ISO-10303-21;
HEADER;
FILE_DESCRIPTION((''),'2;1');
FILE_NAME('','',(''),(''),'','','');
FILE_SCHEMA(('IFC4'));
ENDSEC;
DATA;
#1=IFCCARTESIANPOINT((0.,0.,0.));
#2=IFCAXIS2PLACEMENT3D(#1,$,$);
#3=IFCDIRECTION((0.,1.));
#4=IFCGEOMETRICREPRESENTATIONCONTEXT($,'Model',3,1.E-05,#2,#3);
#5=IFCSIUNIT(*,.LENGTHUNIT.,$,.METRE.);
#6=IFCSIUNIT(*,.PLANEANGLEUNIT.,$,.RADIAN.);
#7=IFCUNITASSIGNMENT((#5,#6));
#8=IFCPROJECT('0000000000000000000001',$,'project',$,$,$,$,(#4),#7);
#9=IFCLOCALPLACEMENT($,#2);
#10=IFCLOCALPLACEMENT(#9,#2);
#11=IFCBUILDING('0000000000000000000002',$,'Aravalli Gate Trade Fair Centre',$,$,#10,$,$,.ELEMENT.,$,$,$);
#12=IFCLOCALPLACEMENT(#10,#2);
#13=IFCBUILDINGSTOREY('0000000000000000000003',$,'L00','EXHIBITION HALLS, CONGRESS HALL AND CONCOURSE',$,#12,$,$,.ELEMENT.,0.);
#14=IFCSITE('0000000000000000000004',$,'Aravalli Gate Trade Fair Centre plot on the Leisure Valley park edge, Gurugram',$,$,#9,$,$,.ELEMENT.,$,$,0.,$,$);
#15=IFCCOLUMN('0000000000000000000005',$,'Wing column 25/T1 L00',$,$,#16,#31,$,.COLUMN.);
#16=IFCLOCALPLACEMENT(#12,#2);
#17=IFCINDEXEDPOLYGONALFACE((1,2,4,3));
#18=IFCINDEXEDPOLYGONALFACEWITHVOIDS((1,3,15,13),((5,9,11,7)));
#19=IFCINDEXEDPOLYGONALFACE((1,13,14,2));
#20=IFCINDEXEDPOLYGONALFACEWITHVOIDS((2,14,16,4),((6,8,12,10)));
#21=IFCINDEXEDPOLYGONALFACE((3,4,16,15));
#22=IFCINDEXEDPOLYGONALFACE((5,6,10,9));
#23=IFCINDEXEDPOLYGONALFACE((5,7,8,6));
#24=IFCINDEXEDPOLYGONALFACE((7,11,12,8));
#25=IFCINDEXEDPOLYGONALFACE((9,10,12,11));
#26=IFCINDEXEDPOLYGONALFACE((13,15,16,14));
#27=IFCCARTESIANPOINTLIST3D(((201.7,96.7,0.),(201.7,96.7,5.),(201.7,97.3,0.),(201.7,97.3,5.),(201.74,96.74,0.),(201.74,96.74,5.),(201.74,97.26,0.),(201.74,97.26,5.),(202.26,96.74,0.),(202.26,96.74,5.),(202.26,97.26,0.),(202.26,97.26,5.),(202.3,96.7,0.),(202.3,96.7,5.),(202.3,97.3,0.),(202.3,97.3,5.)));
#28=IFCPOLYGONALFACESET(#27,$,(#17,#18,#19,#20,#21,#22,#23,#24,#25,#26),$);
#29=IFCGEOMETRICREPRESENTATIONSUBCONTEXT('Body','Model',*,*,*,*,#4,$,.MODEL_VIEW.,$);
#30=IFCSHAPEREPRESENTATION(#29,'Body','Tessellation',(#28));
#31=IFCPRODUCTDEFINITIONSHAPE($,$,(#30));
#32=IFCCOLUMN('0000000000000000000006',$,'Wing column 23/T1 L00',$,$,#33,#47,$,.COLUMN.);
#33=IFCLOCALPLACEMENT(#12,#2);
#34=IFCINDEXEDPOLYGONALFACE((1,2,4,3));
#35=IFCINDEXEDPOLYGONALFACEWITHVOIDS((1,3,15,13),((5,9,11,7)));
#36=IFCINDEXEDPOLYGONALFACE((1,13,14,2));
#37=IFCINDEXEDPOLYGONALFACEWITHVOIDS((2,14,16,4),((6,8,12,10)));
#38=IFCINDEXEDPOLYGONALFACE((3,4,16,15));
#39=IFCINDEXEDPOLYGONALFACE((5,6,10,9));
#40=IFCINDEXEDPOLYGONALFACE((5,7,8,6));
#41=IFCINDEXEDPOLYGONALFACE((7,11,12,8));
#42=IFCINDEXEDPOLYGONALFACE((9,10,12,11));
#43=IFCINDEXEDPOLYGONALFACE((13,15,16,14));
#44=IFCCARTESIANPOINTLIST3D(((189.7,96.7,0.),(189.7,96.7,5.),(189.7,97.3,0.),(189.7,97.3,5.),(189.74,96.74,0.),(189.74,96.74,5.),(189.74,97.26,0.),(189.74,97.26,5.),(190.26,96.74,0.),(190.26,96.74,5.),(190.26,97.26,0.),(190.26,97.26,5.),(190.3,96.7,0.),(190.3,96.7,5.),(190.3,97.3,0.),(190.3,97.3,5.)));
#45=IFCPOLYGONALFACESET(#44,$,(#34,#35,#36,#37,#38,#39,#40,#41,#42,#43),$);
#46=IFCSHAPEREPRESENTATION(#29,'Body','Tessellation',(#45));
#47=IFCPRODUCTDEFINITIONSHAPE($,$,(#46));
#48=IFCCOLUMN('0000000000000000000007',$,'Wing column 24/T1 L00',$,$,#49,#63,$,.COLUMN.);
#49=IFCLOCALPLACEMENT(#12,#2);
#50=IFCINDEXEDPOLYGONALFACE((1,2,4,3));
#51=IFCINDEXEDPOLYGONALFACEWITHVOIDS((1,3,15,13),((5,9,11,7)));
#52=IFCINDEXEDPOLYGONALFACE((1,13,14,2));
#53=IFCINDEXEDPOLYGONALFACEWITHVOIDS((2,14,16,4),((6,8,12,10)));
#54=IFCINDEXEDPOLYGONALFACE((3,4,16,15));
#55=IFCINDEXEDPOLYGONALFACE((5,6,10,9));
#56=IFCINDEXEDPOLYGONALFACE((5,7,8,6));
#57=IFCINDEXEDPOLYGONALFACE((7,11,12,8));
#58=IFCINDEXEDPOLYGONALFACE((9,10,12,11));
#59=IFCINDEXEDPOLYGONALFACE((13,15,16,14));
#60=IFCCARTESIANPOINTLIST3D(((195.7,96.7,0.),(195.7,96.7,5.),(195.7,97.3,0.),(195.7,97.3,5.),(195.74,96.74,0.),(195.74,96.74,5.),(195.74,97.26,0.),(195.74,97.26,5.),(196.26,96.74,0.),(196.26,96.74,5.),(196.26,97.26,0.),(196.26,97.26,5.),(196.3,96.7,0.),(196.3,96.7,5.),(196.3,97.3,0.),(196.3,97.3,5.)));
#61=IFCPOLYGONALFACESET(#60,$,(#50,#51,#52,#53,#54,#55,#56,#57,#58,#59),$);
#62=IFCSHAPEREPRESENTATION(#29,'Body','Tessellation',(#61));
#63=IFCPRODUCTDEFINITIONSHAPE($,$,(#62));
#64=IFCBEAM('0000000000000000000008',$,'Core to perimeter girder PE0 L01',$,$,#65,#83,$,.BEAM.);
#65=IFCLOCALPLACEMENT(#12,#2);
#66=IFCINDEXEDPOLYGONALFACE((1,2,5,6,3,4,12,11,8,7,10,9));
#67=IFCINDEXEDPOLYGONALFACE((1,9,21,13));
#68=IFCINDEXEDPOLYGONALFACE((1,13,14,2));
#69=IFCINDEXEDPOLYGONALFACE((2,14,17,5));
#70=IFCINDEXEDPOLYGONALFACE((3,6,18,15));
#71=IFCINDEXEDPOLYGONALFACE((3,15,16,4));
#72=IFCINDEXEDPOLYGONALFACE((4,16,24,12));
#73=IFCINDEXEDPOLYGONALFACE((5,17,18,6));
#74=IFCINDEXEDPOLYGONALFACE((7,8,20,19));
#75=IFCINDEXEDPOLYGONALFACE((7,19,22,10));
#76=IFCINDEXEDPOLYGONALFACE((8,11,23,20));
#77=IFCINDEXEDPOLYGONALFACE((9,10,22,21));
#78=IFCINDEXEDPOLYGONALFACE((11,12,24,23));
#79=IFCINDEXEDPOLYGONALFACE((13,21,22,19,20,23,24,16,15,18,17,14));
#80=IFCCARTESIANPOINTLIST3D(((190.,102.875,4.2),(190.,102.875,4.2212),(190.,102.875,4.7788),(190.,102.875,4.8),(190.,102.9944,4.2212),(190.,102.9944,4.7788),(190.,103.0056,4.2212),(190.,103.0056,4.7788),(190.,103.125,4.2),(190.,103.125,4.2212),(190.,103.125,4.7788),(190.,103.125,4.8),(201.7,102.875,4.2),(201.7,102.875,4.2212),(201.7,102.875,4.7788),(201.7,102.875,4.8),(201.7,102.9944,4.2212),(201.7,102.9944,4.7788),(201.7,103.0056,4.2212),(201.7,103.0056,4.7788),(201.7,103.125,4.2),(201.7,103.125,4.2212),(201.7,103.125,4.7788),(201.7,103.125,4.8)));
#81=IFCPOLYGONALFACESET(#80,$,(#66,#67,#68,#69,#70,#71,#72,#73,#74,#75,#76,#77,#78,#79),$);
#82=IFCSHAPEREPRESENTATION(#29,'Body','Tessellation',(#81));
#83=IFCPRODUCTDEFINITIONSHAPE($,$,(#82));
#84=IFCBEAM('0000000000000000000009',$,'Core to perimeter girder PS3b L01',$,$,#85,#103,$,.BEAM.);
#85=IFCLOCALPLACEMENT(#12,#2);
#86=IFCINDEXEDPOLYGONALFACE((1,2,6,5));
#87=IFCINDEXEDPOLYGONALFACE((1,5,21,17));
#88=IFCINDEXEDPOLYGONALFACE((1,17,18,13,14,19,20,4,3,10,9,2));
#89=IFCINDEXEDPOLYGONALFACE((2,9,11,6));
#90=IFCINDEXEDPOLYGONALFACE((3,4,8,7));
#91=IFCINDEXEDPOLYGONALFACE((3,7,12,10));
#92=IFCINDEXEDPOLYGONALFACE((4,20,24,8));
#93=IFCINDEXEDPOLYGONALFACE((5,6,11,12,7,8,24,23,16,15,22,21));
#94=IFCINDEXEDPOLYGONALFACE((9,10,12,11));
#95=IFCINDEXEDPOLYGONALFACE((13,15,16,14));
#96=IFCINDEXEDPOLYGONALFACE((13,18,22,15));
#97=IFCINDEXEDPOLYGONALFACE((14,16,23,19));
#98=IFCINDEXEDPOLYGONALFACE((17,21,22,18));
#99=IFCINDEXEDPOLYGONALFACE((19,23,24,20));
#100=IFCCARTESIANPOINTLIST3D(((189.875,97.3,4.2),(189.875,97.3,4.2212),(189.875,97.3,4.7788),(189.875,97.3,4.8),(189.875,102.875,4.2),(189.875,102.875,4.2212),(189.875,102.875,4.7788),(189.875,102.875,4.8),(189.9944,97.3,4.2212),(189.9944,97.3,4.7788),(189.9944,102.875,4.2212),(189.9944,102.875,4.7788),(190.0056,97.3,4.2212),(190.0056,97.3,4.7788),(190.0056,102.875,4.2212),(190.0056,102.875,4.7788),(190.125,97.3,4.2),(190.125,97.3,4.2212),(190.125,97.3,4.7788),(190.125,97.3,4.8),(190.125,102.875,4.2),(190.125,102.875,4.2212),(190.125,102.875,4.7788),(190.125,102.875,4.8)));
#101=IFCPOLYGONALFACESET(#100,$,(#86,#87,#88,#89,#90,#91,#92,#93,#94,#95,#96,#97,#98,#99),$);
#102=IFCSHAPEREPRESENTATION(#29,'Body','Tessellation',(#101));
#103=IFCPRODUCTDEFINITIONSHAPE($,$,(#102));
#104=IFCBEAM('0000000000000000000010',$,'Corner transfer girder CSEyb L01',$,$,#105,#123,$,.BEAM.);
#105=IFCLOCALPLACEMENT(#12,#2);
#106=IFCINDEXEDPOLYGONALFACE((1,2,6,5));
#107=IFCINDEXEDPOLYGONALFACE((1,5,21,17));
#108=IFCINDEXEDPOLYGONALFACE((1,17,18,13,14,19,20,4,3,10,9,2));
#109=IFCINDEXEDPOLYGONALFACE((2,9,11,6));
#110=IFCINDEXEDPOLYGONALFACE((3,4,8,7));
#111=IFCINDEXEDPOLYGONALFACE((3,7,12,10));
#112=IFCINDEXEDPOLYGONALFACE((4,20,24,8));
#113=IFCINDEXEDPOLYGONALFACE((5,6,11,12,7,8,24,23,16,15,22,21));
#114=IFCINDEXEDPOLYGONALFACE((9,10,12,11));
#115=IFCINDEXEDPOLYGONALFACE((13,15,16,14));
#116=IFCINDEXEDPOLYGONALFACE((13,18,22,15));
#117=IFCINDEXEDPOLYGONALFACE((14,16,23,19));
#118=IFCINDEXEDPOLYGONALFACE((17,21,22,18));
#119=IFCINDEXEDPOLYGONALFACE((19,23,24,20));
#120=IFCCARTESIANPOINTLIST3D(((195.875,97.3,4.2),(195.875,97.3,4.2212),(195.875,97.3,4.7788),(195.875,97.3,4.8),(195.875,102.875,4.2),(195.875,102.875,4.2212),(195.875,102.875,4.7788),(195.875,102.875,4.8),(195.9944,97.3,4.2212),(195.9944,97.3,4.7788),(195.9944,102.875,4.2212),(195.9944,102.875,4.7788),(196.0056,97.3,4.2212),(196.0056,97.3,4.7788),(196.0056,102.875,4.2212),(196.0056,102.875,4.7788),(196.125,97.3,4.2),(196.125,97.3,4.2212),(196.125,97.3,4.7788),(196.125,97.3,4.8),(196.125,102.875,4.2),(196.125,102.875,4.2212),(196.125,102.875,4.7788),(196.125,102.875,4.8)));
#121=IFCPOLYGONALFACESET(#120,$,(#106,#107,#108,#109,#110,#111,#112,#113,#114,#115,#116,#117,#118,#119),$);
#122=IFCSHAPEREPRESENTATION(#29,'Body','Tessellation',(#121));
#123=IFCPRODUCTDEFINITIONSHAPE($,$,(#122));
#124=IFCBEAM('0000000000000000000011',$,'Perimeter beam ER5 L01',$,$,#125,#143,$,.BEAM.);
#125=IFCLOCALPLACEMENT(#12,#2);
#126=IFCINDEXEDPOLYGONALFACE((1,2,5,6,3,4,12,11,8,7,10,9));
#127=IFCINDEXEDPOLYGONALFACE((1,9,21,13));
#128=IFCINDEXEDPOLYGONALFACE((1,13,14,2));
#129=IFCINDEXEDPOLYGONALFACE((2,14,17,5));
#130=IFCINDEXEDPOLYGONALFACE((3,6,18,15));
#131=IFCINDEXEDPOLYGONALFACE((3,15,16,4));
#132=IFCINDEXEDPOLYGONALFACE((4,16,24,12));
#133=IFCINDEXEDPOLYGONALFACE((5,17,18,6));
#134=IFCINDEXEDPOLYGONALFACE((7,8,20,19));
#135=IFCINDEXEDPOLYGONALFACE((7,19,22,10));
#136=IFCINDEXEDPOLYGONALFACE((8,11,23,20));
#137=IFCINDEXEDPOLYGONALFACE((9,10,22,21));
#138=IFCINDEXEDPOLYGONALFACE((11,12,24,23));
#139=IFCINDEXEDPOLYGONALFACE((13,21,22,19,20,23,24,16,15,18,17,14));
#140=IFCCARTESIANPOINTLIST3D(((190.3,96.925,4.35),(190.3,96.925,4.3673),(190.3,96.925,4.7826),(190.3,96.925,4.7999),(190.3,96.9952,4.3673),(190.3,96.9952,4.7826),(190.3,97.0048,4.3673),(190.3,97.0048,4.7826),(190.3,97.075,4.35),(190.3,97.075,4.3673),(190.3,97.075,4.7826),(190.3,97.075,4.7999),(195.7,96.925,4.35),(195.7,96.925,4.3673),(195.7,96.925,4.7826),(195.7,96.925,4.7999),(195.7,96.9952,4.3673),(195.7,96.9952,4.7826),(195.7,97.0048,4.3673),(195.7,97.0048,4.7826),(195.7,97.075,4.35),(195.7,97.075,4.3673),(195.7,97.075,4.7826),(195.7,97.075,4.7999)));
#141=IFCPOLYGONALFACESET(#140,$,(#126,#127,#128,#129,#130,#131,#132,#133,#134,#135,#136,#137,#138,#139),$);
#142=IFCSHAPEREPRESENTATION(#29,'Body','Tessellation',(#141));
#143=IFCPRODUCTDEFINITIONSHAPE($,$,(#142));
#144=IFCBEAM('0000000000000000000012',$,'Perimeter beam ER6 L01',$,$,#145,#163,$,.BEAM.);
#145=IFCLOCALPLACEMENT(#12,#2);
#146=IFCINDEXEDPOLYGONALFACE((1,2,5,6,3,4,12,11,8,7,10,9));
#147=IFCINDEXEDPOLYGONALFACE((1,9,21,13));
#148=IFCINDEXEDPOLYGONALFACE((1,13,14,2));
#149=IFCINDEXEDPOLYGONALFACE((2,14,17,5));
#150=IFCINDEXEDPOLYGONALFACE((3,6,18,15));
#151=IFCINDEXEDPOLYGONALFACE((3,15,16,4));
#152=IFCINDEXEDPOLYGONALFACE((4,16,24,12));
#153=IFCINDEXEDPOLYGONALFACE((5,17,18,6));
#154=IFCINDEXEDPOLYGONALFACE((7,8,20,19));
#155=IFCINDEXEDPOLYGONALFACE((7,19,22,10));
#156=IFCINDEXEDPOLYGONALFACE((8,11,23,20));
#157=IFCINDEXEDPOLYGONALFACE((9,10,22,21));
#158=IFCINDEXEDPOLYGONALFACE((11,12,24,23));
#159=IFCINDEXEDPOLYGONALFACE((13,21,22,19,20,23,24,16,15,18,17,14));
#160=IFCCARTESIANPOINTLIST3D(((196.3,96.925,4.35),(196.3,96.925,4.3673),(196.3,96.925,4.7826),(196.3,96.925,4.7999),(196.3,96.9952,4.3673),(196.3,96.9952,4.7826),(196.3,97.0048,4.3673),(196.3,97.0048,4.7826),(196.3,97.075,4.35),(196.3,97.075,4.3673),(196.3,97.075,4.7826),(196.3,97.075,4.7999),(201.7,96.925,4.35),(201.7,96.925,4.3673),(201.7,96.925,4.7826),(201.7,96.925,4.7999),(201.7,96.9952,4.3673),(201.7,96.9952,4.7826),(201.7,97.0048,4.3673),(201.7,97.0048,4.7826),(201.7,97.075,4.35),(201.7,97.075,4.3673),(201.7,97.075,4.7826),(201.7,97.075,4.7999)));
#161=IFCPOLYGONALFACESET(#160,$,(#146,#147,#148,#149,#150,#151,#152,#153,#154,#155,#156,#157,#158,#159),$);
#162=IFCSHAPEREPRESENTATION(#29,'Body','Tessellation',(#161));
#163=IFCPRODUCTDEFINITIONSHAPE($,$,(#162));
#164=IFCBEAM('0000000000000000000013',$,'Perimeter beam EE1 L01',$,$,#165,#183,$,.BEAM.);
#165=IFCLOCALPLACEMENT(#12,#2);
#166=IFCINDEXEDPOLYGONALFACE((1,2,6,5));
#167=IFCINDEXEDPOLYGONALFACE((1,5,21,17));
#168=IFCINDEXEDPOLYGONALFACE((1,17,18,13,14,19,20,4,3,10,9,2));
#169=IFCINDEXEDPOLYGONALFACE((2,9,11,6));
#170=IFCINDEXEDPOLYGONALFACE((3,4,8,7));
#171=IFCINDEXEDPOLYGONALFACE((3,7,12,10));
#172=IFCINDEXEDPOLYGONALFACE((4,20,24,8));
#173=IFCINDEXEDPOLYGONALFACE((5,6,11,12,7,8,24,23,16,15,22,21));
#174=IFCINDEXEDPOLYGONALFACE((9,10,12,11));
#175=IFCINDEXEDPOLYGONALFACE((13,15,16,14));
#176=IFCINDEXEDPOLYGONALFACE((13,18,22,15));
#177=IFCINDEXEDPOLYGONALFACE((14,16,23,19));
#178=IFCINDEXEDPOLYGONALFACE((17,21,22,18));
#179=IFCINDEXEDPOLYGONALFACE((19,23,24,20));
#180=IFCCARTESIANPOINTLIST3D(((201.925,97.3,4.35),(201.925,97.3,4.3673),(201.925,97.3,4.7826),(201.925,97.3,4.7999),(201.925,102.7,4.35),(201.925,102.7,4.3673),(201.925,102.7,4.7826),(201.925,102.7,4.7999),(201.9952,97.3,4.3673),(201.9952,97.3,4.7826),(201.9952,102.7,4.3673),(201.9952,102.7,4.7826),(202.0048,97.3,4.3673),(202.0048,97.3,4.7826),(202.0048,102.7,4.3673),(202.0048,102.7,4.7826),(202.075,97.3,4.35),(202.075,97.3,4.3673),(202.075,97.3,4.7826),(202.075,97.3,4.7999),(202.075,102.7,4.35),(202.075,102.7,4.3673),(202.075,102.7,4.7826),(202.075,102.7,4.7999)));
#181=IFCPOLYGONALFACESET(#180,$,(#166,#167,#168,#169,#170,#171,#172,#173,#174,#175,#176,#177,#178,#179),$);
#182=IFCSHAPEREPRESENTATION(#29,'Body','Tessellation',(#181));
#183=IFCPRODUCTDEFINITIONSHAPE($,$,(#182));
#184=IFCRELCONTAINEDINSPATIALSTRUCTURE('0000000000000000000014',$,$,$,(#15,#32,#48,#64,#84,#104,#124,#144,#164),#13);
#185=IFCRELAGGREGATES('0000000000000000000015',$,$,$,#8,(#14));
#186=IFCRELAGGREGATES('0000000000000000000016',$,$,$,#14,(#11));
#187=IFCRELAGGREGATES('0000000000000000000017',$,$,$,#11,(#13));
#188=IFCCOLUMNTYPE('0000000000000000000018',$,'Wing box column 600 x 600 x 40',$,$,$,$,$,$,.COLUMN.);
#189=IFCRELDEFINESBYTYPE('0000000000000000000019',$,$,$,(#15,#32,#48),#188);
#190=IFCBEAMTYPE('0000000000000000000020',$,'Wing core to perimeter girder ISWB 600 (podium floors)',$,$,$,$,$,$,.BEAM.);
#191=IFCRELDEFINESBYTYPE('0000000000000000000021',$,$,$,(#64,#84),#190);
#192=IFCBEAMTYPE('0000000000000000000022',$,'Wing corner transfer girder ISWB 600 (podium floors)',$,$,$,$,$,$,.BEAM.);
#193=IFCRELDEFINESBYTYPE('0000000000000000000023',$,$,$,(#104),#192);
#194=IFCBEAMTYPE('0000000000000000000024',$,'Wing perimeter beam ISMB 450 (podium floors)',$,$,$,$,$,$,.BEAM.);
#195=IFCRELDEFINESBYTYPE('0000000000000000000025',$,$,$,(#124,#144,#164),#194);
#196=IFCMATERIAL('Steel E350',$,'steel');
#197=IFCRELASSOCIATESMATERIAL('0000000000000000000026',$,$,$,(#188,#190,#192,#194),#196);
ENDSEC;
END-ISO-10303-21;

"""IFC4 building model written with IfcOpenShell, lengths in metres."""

from ifc_helpers import new_model, si_unit, direction, frame, origin, origin_2d, place, context, subcontext, project, spatial, hollow_rectangle, i_section, extrude, material, material_profile, profile_set, type_object, element, save


model = new_model("IFC4")

# Units and contexts
model_context = context("Model", 3, precision=1e-05, world=origin(), true_north=direction((0.0, 1.0)))
body_context = subcontext(model_context, "Body", "Model", "MODEL_VIEW")
ifc_project = project(units=[si_unit("LENGTHUNIT", "METRE"), si_unit("PLANEANGLEUNIT", "RADIAN")], contexts=[model_context])

# Site, building, storey
site_placement = place(None, origin())
site = spatial("IfcSite", under=ifc_project, at=site_placement, Name="Aravalli Gate Trade Fair Centre plot on the Leisure Valley park edge, Gurugram", CompositionType="ELEMENT", RefElevation=0.0)
building_placement = place(site_placement, origin())
building = spatial("IfcBuilding", under=site, at=building_placement, Name="Aravalli Gate Trade Fair Centre", CompositionType="ELEMENT")
storey_placement = place(building_placement, origin())
storey = spatial("IfcBuildingStorey", under=building, at=storey_placement, Name="L00", Description="EXHIBITION HALLS, CONGRESS HALL AND CONCOURSE", CompositionType="ELEMENT", Elevation=0.0)

# Columns
ifc_material_1 = material(Name="Steel E350", Category="steel")
ifc_material_profile_1 = material_profile(ifc_material_1, hollow_rectangle(XDim=0.6001, YDim=0.6001, WallThickness=0.04, at=origin_2d()), Name="BOX 600x600x40")
ifc_profile_set_1 = profile_set([ifc_material_profile_1], Name="Steel E350")
column_type = type_object("IfcColumnType", Name="Wing box column 600 x 600 x 40", PredefinedType="COLUMN", material=ifc_profile_set_1)
for number, where, z_axis, x_axis, name in (
    (1, (202.0, 97.0, 0.0), (0.0, 0.0, 1.0), (1.0, 0.0, 0.0), "Wing column 25/T1 L00"),
    (2, (190.0, 97.0, 0.0), (0.0, 0.0, 1.0), (1.0, 0.0, 0.0), "Wing column 23/T1 L00"),
    (3, (196.0, 97.0, 0.0), (0.0, 0.0, 1.0), (1.0, 0.0, 0.0), "Wing column 24/T1 L00"),
):
    element("IfcColumn", number, at=place(storey_placement, frame(where, z_axis=z_axis, x_axis=x_axis)), inside=storey, type_object=column_type, Name=name, PredefinedType="COLUMN", context=body_context, shape_type="SweptSolid", body=[
        extrude(hollow_rectangle(XDim=0.6001, YDim=0.6001, WallThickness=0.04, at=origin_2d()), origin(), (0.0, 0.0, 1.0), 5.0),
    ])

# Beams
ifc_material_profile_2 = material_profile(ifc_material_1, i_section(OverallWidth=0.25, OverallDepth=0.6001, WebThickness=0.0112, FlangeThickness=0.0212, at=origin_2d()), Name="ISWB 600")
ifc_profile_set_2 = profile_set([ifc_material_profile_2], Name="Steel E350")
beam_type_1 = type_object("IfcBeamType", Name="Wing core to perimeter girder ISWB 600 (podium floors)", PredefinedType="BEAM", material=ifc_profile_set_2)
beam_1_placement = place(storey_placement, frame((190.0, 103.0, 4.5), z_axis=(1.0, 0.0, 0.0), x_axis=(0.0, 1.0, 0.0)))
element("IfcBeam", 4, at=beam_1_placement, inside=storey, type_object=beam_type_1, Name="Core to perimeter girder PE0 L01", PredefinedType="BEAM", context=body_context, shape_type="SweptSolid", body=[
    extrude(i_section(OverallWidth=0.25, OverallDepth=0.6001, WebThickness=0.0112, FlangeThickness=0.0212, at=origin_2d()), origin(), (0.0, 0.0, 1.0), 11.7),
])
beam_2_placement = place(storey_placement, frame((190.0, 97.3, 4.5), z_axis=(0.0, 1.0, 0.0), x_axis=(-1.0, 0.0, 0.0)))
element("IfcBeam", 5, at=beam_2_placement, inside=storey, type_object=beam_type_1, Name="Core to perimeter girder PS3b L01", PredefinedType="BEAM", context=body_context, shape_type="SweptSolid", body=[
    extrude(i_section(OverallWidth=0.25, OverallDepth=0.6001, WebThickness=0.0112, FlangeThickness=0.0212, at=origin_2d()), origin(), (0.0, 0.0, 1.0), 5.575),
])
ifc_material_profile_3 = material_profile(ifc_material_1, i_section(OverallWidth=0.25, OverallDepth=0.6001, WebThickness=0.0112, FlangeThickness=0.0212, at=origin_2d()), Name="ISWB 600")
ifc_profile_set_3 = profile_set([ifc_material_profile_3], Name="Steel E350")
beam_type_2 = type_object("IfcBeamType", Name="Wing corner transfer girder ISWB 600 (podium floors)", PredefinedType="BEAM", material=ifc_profile_set_3)
beam_3_placement = place(storey_placement, frame((196.0, 97.3, 4.5), z_axis=(0.0, 1.0, 0.0), x_axis=(-1.0, 0.0, 0.0)))
element("IfcBeam", 6, at=beam_3_placement, inside=storey, type_object=beam_type_2, Name="Corner transfer girder CSEyb L01", PredefinedType="BEAM", context=body_context, shape_type="SweptSolid", body=[
    extrude(i_section(OverallWidth=0.25, OverallDepth=0.6001, WebThickness=0.0112, FlangeThickness=0.0212, at=origin_2d()), origin(), (0.0, 0.0, 1.0), 5.575),
])
ifc_material_profile_4 = material_profile(ifc_material_1, i_section(OverallWidth=0.1499, OverallDepth=0.45, WebThickness=0.0095, FlangeThickness=0.0173, at=origin_2d()), Name="ISMB 450")
ifc_profile_set_4 = profile_set([ifc_material_profile_4], Name="Steel E350")
beam_type_3 = type_object("IfcBeamType", Name="Wing perimeter beam ISMB 450 (podium floors)", PredefinedType="BEAM", material=ifc_profile_set_4)
for number, where, z_axis, x_axis, name in (
    (7, (190.3, 97.0, 4.575), (1.0, 0.0, 0.0), (0.0, 1.0, 0.0), "Perimeter beam ER5 L01"),
    (8, (196.3, 97.0, 4.575), (1.0, 0.0, 0.0), (0.0, 1.0, 0.0), "Perimeter beam ER6 L01"),
    (9, (202.0, 97.3, 4.575), (0.0, 1.0, 0.0), (-1.0, 0.0, 0.0), "Perimeter beam EE1 L01"),
):
    element("IfcBeam", number, at=place(storey_placement, frame(where, z_axis=z_axis, x_axis=x_axis)), inside=storey, type_object=beam_type_3, Name=name, PredefinedType="BEAM", context=body_context, shape_type="SweptSolid", body=[
        extrude(i_section(OverallWidth=0.1499, OverallDepth=0.45, WebThickness=0.0095, FlangeThickness=0.0173, at=origin_2d()), origin(), (0.0, 0.0, 1.0), 5.3999),
    ])

save(model, "model.ifc")
